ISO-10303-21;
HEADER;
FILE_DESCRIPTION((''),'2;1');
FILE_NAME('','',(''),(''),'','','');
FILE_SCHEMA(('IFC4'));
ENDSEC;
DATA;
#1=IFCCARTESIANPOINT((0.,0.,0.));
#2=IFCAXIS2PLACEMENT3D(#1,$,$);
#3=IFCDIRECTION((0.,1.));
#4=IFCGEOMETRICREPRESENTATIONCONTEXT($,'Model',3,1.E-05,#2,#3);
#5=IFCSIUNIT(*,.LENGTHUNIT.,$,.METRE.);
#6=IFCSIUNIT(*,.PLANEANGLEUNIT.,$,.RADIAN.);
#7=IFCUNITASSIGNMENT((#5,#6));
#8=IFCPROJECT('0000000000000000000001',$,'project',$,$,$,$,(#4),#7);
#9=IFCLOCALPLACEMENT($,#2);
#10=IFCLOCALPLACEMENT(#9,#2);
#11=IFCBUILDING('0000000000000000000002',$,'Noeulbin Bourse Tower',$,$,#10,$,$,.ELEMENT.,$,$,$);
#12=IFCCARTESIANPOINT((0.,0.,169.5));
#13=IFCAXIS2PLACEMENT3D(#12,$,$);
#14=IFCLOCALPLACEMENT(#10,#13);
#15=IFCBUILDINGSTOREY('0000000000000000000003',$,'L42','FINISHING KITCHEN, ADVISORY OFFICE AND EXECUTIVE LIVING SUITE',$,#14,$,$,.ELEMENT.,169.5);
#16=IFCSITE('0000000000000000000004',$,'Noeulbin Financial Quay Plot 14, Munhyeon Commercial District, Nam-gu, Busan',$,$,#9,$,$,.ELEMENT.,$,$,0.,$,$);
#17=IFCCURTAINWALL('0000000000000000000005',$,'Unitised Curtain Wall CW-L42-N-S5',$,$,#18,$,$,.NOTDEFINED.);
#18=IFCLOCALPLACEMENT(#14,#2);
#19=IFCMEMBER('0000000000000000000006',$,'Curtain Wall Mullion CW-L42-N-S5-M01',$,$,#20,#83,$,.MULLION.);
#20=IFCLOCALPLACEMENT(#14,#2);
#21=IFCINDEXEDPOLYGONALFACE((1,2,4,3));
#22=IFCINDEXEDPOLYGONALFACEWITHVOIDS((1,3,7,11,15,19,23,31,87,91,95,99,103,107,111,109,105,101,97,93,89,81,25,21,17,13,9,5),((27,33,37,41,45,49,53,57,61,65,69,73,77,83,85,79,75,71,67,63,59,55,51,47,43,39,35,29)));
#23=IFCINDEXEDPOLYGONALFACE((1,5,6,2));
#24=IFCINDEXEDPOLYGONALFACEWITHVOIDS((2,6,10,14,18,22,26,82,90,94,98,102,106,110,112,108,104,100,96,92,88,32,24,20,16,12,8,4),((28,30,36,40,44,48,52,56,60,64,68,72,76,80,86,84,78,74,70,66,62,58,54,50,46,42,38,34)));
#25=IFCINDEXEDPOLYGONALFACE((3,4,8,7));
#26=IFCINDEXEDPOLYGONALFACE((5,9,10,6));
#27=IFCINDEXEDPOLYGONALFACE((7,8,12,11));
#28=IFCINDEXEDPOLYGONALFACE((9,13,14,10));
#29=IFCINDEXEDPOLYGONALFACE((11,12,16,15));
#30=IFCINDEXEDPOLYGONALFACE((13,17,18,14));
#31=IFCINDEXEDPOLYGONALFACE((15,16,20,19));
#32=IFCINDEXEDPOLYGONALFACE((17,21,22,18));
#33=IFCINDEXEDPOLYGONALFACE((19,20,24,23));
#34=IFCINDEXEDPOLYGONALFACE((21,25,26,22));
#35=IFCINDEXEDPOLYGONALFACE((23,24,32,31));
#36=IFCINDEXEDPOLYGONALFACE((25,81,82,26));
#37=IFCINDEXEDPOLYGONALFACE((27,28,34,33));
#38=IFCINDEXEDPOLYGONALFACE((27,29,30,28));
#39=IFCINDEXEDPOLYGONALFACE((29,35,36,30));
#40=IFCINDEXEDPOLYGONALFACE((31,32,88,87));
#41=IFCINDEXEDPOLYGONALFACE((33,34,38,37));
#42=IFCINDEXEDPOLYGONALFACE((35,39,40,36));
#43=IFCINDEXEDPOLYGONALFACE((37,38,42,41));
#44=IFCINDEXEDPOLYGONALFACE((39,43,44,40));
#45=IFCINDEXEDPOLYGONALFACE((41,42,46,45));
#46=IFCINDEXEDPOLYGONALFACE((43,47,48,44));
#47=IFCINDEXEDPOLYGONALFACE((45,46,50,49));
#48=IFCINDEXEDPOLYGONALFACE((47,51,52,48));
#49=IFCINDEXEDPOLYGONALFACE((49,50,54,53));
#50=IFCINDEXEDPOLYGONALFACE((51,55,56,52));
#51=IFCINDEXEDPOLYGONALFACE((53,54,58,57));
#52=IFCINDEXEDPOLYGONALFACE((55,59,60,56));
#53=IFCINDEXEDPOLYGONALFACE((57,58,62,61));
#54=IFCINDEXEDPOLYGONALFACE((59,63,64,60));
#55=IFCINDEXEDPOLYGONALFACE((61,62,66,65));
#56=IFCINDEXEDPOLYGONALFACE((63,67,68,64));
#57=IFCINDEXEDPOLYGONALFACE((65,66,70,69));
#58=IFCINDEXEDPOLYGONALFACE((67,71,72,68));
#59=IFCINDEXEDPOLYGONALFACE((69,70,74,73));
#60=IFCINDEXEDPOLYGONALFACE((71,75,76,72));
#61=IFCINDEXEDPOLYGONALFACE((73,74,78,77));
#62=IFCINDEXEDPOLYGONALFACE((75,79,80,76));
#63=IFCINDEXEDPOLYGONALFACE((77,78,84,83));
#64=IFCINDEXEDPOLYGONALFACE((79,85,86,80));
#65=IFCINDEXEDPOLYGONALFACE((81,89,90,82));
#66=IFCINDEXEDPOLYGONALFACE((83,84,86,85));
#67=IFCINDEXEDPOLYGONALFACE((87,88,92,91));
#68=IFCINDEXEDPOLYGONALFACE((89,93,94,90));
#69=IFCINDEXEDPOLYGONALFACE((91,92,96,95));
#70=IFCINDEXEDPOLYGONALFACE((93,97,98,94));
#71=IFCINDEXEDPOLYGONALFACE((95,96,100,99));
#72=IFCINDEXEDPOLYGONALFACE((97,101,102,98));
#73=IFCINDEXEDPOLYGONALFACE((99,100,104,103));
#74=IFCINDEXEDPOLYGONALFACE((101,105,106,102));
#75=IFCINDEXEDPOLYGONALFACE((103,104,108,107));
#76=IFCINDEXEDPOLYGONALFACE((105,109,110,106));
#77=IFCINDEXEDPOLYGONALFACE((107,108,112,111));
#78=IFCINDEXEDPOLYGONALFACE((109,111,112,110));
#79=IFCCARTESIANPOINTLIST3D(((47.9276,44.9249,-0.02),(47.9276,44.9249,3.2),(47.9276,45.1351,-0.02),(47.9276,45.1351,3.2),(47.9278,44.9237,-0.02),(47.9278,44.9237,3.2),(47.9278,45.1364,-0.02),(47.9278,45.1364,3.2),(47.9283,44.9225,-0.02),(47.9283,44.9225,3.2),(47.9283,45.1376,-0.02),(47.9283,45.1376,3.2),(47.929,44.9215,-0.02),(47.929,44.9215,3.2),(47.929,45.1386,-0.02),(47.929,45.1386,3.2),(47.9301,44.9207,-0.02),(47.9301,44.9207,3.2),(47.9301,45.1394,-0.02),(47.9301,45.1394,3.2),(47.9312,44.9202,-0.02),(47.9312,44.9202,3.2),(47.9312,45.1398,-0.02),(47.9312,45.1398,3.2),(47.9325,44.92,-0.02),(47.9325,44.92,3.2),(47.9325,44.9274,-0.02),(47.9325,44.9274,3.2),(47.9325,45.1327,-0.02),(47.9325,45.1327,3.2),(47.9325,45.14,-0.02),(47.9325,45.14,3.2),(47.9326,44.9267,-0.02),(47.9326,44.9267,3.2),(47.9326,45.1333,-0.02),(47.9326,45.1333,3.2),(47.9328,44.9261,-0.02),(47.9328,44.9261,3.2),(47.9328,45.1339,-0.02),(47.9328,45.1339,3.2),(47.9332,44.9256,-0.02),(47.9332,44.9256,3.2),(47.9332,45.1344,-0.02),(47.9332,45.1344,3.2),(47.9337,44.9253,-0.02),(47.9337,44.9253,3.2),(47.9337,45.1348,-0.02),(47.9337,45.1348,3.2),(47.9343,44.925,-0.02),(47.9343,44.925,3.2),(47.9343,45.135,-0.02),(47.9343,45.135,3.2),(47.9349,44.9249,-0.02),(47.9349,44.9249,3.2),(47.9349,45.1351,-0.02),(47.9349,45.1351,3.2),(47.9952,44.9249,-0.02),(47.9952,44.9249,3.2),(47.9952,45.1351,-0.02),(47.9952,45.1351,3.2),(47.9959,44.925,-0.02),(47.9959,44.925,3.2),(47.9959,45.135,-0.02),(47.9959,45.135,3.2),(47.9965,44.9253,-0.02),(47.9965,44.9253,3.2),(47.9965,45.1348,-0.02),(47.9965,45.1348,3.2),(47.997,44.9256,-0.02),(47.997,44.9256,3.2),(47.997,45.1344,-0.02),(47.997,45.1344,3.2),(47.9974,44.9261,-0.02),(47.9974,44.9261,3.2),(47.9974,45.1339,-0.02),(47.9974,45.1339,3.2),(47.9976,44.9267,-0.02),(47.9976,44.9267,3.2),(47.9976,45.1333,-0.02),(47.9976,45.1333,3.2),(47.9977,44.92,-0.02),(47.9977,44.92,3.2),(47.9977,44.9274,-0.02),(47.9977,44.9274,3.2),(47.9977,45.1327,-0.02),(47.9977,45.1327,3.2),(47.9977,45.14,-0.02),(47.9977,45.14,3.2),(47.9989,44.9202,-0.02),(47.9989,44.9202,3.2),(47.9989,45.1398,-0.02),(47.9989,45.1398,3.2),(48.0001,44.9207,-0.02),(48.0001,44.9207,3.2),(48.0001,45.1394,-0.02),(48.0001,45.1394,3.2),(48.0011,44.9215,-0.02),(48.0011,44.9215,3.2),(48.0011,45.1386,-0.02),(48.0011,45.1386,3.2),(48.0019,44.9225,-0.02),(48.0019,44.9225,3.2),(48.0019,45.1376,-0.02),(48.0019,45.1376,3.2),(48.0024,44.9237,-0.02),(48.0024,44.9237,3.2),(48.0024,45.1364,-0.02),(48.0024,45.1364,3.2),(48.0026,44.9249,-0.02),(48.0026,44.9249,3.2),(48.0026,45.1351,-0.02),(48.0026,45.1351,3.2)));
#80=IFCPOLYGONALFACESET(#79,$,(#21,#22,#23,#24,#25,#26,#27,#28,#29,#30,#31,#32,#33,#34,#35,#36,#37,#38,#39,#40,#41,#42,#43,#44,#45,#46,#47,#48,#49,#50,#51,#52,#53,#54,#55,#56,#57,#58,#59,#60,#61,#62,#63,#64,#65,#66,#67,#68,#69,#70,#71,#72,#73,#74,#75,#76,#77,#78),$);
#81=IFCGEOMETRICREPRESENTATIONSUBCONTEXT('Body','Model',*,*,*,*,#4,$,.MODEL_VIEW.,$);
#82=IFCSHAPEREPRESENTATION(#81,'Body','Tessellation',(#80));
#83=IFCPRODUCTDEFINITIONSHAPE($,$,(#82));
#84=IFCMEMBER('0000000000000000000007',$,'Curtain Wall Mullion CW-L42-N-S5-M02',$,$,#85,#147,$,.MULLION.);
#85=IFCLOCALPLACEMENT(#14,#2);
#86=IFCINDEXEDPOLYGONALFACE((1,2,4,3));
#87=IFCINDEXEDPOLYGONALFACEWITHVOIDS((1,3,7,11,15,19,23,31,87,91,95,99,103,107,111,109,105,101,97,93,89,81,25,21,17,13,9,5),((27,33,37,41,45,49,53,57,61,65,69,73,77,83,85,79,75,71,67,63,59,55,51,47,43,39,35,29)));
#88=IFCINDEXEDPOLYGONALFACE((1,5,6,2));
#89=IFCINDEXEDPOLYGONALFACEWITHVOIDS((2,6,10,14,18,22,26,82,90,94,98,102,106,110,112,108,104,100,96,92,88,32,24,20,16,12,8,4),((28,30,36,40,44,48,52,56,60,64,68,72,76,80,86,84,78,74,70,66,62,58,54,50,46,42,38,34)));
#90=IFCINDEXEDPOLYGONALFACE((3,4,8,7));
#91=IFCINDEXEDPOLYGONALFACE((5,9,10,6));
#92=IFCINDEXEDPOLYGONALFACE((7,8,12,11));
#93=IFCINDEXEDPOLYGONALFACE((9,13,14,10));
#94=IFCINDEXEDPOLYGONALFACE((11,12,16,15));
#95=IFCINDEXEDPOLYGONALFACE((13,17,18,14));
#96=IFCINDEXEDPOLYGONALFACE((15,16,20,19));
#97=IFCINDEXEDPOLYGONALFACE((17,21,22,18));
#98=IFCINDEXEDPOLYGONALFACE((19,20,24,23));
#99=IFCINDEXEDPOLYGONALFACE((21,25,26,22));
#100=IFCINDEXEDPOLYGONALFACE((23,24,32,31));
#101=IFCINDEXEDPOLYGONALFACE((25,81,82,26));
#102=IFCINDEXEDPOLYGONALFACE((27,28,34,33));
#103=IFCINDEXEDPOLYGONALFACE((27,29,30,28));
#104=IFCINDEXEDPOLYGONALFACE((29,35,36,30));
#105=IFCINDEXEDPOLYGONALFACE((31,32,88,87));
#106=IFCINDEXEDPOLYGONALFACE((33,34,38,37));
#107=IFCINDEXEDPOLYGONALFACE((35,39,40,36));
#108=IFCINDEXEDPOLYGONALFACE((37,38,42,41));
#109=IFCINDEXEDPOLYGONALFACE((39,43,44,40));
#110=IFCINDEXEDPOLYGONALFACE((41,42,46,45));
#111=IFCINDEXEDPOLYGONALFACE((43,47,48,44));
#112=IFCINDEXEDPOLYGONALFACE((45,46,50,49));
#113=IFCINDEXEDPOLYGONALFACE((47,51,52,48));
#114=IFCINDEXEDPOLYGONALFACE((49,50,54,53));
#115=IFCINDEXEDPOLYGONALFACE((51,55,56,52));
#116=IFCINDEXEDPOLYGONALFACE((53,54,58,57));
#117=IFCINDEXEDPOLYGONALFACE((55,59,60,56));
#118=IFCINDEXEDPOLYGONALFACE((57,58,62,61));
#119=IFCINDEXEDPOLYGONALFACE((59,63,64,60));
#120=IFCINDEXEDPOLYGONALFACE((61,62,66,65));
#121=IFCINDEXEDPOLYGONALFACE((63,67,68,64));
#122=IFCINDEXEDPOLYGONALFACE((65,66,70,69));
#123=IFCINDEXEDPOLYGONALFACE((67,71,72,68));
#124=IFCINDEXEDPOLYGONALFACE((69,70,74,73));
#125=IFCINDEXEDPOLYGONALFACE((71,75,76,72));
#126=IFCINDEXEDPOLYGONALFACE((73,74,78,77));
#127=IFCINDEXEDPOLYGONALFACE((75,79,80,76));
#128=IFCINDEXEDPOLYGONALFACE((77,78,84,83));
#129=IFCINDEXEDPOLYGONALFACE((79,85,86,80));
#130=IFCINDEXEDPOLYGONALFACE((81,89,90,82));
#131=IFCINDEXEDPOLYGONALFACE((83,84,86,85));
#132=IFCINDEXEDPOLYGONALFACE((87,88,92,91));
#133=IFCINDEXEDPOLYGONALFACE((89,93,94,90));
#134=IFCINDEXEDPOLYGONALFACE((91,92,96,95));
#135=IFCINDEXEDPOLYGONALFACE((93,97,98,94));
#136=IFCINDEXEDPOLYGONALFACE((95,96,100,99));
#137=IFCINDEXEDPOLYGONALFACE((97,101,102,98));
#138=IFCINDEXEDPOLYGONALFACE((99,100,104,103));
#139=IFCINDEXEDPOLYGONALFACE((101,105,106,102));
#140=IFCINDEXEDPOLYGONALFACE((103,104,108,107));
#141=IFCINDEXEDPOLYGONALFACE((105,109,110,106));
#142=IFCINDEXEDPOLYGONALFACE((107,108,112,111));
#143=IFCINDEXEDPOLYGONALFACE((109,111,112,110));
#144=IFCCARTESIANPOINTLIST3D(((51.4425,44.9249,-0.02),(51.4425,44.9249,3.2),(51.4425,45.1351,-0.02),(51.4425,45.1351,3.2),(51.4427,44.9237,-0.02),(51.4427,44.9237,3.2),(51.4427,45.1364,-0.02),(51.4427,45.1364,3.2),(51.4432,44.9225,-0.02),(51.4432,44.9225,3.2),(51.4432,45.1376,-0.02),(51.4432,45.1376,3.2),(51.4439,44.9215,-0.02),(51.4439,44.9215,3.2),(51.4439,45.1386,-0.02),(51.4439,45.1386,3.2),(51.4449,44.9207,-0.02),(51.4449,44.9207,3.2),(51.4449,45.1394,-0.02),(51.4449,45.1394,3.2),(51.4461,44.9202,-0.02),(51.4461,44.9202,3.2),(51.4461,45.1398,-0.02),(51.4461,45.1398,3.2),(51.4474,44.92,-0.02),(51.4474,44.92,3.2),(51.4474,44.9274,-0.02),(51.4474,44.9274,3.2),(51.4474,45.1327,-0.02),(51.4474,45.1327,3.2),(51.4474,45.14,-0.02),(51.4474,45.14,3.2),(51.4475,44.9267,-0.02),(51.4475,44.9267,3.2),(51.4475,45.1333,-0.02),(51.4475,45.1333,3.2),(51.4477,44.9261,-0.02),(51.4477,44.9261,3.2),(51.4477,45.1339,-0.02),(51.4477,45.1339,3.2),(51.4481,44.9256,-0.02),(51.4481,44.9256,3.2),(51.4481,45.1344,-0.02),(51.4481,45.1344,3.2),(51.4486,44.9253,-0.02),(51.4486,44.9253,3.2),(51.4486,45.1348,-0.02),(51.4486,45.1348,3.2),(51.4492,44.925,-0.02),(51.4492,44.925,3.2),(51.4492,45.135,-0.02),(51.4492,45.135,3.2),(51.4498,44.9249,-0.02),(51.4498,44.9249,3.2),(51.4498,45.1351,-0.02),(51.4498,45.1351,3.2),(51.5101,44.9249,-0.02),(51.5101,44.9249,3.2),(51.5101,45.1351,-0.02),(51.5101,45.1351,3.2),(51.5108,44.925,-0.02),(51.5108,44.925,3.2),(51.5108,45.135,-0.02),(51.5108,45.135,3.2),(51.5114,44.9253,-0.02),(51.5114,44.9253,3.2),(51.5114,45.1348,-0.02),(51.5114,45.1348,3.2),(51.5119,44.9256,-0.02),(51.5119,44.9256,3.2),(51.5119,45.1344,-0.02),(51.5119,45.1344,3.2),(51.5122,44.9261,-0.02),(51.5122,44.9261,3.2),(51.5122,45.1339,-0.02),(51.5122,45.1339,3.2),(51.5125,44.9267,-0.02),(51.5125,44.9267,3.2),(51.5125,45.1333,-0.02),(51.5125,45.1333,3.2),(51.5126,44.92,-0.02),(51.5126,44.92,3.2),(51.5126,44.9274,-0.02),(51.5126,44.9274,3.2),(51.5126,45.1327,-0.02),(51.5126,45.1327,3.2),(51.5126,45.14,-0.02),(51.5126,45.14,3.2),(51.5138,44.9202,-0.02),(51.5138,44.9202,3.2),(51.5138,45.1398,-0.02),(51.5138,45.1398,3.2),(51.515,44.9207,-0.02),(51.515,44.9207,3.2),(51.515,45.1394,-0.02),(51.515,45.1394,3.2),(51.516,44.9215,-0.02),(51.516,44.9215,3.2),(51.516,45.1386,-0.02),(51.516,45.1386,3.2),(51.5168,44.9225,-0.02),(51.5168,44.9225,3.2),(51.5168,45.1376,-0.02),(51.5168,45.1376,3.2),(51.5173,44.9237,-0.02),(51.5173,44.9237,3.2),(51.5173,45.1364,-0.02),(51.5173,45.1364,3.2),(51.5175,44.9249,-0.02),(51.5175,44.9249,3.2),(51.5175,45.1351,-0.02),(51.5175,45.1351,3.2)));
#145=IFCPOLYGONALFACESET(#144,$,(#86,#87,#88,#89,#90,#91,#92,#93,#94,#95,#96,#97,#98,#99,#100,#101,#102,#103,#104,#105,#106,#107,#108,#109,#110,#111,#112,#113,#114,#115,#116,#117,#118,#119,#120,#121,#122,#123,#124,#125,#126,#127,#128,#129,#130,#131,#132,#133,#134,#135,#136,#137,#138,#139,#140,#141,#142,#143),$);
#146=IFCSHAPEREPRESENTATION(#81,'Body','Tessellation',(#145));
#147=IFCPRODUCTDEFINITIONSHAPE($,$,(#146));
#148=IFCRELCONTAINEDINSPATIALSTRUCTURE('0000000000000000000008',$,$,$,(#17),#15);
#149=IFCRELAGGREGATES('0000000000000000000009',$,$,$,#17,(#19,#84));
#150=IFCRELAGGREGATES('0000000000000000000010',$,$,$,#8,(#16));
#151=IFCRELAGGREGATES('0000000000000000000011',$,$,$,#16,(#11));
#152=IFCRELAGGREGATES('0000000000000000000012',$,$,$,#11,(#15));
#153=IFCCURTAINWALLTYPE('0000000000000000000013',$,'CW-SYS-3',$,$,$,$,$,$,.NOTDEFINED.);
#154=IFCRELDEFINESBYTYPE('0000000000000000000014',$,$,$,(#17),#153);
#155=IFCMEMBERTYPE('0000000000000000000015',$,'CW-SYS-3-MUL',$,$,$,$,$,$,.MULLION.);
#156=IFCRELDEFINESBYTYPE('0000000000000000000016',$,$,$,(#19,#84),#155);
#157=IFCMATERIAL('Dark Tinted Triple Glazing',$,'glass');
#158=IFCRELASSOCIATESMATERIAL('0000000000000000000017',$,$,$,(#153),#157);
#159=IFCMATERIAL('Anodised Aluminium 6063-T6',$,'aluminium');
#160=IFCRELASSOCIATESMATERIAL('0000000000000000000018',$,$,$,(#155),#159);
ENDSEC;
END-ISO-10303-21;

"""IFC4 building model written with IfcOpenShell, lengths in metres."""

from ifc_helpers import new_model, si_unit, direction, frame, origin, origin_2d, place, context, subcontext, project, spatial, hollow_rectangle, extrude, material, material_profile, profile_set, type_object, element, aggregate, save


model = new_model("IFC4")

# Units and contexts
model_context = context("Model", 3, precision=1e-05, world=origin(), true_north=direction((0.0, 1.0)))
body_context = subcontext(model_context, "Body", "Model", "MODEL_VIEW")
ifc_project = project(units=[si_unit("LENGTHUNIT", "METRE"), si_unit("PLANEANGLEUNIT", "RADIAN")], contexts=[model_context])

# Site, building, storey
site_placement = place(None, origin())
site = spatial("IfcSite", under=ifc_project, at=site_placement, Name="Noeulbin Financial Quay Plot 14, Munhyeon Commercial District, Nam-gu, Busan", CompositionType="ELEMENT", RefElevation=0.0)
building_placement = place(site_placement, origin())
building = spatial("IfcBuilding", under=site, at=building_placement, Name="Noeulbin Bourse Tower", CompositionType="ELEMENT")
storey_placement = place(building_placement, frame((0.0, 0.0, 169.5)))
storey = spatial("IfcBuildingStorey", under=building, at=storey_placement, Name="L42", Description="FINISHING KITCHEN, ADVISORY OFFICE AND EXECUTIVE LIVING SUITE", CompositionType="ELEMENT", Elevation=169.5)

# Shared definitions
ifc_material_1 = material(Name="Dark Tinted Triple Glazing", Category="glass")
curtain_wall_type = type_object("IfcCurtainWallType", Name="CW-SYS-3", PredefinedType="NOTDEFINED", material=ifc_material_1)
ifc_material_2 = material(Name="Anodised Aluminium 6063-T6", Category="aluminium")
ifc_material_profile_1 = material_profile(ifc_material_2, hollow_rectangle(XDim=0.075, YDim=0.22, WallThickness=0.0049, InnerFilletRadius=0.0024, OuterFilletRadius=0.0049, at=origin_2d()), Name="ALU-MULL-75x220x5", Category="LoadBearing")
ifc_profile_set_1 = profile_set([ifc_material_profile_1], Name="Anodised Aluminium 6063-T6")
member_type_1 = type_object("IfcMemberType", Name="CW-SYS-3-MUL", PredefinedType="MULLION", material=ifc_profile_set_1)

# Curtain wall, members
curtain_wall_1_placement = place(storey_placement, origin())
curtain_wall_1 = element("IfcCurtainWall", 1, at=curtain_wall_1_placement, inside=storey, type_object=curtain_wall_type, Name="Unitised Curtain Wall CW-L42-N-S5", PredefinedType="NOTDEFINED")
member_1_placement = place(storey_placement, frame((47.9651, 45.03, -0.02), z_axis=(0.0, 0.0, 1.0), x_axis=(1.0, 0.0, 0.0)))
member_1 = element("IfcMember", 2, at=member_1_placement, type_object=member_type_1, Name="Curtain Wall Mullion CW-L42-N-S5-M01", PredefinedType="MULLION", context=body_context, shape_type="SweptSolid", body=[
    extrude(hollow_rectangle(XDim=0.075, YDim=0.22, WallThickness=0.0049, InnerFilletRadius=0.0024, OuterFilletRadius=0.0049, at=origin_2d()), origin(), (0.0, 0.0, 1.0), 3.22),
])
member_2_placement = place(storey_placement, frame((51.48, 45.03, -0.02), z_axis=(0.0, 0.0, 1.0), x_axis=(1.0, 0.0, 0.0)))
member_2 = element("IfcMember", 3, at=member_2_placement, type_object=member_type_1, Name="Curtain Wall Mullion CW-L42-N-S5-M02", PredefinedType="MULLION", context=body_context, shape_type="SweptSolid", body=[
    extrude(hollow_rectangle(XDim=0.075, YDim=0.22, WallThickness=0.0049, InnerFilletRadius=0.0024, OuterFilletRadius=0.0049, at=origin_2d()), origin(), (0.0, 0.0, 1.0), 3.22),
])

aggregate(curtain_wall_1, [member_1, member_2])

save(model, "model.ifc")
